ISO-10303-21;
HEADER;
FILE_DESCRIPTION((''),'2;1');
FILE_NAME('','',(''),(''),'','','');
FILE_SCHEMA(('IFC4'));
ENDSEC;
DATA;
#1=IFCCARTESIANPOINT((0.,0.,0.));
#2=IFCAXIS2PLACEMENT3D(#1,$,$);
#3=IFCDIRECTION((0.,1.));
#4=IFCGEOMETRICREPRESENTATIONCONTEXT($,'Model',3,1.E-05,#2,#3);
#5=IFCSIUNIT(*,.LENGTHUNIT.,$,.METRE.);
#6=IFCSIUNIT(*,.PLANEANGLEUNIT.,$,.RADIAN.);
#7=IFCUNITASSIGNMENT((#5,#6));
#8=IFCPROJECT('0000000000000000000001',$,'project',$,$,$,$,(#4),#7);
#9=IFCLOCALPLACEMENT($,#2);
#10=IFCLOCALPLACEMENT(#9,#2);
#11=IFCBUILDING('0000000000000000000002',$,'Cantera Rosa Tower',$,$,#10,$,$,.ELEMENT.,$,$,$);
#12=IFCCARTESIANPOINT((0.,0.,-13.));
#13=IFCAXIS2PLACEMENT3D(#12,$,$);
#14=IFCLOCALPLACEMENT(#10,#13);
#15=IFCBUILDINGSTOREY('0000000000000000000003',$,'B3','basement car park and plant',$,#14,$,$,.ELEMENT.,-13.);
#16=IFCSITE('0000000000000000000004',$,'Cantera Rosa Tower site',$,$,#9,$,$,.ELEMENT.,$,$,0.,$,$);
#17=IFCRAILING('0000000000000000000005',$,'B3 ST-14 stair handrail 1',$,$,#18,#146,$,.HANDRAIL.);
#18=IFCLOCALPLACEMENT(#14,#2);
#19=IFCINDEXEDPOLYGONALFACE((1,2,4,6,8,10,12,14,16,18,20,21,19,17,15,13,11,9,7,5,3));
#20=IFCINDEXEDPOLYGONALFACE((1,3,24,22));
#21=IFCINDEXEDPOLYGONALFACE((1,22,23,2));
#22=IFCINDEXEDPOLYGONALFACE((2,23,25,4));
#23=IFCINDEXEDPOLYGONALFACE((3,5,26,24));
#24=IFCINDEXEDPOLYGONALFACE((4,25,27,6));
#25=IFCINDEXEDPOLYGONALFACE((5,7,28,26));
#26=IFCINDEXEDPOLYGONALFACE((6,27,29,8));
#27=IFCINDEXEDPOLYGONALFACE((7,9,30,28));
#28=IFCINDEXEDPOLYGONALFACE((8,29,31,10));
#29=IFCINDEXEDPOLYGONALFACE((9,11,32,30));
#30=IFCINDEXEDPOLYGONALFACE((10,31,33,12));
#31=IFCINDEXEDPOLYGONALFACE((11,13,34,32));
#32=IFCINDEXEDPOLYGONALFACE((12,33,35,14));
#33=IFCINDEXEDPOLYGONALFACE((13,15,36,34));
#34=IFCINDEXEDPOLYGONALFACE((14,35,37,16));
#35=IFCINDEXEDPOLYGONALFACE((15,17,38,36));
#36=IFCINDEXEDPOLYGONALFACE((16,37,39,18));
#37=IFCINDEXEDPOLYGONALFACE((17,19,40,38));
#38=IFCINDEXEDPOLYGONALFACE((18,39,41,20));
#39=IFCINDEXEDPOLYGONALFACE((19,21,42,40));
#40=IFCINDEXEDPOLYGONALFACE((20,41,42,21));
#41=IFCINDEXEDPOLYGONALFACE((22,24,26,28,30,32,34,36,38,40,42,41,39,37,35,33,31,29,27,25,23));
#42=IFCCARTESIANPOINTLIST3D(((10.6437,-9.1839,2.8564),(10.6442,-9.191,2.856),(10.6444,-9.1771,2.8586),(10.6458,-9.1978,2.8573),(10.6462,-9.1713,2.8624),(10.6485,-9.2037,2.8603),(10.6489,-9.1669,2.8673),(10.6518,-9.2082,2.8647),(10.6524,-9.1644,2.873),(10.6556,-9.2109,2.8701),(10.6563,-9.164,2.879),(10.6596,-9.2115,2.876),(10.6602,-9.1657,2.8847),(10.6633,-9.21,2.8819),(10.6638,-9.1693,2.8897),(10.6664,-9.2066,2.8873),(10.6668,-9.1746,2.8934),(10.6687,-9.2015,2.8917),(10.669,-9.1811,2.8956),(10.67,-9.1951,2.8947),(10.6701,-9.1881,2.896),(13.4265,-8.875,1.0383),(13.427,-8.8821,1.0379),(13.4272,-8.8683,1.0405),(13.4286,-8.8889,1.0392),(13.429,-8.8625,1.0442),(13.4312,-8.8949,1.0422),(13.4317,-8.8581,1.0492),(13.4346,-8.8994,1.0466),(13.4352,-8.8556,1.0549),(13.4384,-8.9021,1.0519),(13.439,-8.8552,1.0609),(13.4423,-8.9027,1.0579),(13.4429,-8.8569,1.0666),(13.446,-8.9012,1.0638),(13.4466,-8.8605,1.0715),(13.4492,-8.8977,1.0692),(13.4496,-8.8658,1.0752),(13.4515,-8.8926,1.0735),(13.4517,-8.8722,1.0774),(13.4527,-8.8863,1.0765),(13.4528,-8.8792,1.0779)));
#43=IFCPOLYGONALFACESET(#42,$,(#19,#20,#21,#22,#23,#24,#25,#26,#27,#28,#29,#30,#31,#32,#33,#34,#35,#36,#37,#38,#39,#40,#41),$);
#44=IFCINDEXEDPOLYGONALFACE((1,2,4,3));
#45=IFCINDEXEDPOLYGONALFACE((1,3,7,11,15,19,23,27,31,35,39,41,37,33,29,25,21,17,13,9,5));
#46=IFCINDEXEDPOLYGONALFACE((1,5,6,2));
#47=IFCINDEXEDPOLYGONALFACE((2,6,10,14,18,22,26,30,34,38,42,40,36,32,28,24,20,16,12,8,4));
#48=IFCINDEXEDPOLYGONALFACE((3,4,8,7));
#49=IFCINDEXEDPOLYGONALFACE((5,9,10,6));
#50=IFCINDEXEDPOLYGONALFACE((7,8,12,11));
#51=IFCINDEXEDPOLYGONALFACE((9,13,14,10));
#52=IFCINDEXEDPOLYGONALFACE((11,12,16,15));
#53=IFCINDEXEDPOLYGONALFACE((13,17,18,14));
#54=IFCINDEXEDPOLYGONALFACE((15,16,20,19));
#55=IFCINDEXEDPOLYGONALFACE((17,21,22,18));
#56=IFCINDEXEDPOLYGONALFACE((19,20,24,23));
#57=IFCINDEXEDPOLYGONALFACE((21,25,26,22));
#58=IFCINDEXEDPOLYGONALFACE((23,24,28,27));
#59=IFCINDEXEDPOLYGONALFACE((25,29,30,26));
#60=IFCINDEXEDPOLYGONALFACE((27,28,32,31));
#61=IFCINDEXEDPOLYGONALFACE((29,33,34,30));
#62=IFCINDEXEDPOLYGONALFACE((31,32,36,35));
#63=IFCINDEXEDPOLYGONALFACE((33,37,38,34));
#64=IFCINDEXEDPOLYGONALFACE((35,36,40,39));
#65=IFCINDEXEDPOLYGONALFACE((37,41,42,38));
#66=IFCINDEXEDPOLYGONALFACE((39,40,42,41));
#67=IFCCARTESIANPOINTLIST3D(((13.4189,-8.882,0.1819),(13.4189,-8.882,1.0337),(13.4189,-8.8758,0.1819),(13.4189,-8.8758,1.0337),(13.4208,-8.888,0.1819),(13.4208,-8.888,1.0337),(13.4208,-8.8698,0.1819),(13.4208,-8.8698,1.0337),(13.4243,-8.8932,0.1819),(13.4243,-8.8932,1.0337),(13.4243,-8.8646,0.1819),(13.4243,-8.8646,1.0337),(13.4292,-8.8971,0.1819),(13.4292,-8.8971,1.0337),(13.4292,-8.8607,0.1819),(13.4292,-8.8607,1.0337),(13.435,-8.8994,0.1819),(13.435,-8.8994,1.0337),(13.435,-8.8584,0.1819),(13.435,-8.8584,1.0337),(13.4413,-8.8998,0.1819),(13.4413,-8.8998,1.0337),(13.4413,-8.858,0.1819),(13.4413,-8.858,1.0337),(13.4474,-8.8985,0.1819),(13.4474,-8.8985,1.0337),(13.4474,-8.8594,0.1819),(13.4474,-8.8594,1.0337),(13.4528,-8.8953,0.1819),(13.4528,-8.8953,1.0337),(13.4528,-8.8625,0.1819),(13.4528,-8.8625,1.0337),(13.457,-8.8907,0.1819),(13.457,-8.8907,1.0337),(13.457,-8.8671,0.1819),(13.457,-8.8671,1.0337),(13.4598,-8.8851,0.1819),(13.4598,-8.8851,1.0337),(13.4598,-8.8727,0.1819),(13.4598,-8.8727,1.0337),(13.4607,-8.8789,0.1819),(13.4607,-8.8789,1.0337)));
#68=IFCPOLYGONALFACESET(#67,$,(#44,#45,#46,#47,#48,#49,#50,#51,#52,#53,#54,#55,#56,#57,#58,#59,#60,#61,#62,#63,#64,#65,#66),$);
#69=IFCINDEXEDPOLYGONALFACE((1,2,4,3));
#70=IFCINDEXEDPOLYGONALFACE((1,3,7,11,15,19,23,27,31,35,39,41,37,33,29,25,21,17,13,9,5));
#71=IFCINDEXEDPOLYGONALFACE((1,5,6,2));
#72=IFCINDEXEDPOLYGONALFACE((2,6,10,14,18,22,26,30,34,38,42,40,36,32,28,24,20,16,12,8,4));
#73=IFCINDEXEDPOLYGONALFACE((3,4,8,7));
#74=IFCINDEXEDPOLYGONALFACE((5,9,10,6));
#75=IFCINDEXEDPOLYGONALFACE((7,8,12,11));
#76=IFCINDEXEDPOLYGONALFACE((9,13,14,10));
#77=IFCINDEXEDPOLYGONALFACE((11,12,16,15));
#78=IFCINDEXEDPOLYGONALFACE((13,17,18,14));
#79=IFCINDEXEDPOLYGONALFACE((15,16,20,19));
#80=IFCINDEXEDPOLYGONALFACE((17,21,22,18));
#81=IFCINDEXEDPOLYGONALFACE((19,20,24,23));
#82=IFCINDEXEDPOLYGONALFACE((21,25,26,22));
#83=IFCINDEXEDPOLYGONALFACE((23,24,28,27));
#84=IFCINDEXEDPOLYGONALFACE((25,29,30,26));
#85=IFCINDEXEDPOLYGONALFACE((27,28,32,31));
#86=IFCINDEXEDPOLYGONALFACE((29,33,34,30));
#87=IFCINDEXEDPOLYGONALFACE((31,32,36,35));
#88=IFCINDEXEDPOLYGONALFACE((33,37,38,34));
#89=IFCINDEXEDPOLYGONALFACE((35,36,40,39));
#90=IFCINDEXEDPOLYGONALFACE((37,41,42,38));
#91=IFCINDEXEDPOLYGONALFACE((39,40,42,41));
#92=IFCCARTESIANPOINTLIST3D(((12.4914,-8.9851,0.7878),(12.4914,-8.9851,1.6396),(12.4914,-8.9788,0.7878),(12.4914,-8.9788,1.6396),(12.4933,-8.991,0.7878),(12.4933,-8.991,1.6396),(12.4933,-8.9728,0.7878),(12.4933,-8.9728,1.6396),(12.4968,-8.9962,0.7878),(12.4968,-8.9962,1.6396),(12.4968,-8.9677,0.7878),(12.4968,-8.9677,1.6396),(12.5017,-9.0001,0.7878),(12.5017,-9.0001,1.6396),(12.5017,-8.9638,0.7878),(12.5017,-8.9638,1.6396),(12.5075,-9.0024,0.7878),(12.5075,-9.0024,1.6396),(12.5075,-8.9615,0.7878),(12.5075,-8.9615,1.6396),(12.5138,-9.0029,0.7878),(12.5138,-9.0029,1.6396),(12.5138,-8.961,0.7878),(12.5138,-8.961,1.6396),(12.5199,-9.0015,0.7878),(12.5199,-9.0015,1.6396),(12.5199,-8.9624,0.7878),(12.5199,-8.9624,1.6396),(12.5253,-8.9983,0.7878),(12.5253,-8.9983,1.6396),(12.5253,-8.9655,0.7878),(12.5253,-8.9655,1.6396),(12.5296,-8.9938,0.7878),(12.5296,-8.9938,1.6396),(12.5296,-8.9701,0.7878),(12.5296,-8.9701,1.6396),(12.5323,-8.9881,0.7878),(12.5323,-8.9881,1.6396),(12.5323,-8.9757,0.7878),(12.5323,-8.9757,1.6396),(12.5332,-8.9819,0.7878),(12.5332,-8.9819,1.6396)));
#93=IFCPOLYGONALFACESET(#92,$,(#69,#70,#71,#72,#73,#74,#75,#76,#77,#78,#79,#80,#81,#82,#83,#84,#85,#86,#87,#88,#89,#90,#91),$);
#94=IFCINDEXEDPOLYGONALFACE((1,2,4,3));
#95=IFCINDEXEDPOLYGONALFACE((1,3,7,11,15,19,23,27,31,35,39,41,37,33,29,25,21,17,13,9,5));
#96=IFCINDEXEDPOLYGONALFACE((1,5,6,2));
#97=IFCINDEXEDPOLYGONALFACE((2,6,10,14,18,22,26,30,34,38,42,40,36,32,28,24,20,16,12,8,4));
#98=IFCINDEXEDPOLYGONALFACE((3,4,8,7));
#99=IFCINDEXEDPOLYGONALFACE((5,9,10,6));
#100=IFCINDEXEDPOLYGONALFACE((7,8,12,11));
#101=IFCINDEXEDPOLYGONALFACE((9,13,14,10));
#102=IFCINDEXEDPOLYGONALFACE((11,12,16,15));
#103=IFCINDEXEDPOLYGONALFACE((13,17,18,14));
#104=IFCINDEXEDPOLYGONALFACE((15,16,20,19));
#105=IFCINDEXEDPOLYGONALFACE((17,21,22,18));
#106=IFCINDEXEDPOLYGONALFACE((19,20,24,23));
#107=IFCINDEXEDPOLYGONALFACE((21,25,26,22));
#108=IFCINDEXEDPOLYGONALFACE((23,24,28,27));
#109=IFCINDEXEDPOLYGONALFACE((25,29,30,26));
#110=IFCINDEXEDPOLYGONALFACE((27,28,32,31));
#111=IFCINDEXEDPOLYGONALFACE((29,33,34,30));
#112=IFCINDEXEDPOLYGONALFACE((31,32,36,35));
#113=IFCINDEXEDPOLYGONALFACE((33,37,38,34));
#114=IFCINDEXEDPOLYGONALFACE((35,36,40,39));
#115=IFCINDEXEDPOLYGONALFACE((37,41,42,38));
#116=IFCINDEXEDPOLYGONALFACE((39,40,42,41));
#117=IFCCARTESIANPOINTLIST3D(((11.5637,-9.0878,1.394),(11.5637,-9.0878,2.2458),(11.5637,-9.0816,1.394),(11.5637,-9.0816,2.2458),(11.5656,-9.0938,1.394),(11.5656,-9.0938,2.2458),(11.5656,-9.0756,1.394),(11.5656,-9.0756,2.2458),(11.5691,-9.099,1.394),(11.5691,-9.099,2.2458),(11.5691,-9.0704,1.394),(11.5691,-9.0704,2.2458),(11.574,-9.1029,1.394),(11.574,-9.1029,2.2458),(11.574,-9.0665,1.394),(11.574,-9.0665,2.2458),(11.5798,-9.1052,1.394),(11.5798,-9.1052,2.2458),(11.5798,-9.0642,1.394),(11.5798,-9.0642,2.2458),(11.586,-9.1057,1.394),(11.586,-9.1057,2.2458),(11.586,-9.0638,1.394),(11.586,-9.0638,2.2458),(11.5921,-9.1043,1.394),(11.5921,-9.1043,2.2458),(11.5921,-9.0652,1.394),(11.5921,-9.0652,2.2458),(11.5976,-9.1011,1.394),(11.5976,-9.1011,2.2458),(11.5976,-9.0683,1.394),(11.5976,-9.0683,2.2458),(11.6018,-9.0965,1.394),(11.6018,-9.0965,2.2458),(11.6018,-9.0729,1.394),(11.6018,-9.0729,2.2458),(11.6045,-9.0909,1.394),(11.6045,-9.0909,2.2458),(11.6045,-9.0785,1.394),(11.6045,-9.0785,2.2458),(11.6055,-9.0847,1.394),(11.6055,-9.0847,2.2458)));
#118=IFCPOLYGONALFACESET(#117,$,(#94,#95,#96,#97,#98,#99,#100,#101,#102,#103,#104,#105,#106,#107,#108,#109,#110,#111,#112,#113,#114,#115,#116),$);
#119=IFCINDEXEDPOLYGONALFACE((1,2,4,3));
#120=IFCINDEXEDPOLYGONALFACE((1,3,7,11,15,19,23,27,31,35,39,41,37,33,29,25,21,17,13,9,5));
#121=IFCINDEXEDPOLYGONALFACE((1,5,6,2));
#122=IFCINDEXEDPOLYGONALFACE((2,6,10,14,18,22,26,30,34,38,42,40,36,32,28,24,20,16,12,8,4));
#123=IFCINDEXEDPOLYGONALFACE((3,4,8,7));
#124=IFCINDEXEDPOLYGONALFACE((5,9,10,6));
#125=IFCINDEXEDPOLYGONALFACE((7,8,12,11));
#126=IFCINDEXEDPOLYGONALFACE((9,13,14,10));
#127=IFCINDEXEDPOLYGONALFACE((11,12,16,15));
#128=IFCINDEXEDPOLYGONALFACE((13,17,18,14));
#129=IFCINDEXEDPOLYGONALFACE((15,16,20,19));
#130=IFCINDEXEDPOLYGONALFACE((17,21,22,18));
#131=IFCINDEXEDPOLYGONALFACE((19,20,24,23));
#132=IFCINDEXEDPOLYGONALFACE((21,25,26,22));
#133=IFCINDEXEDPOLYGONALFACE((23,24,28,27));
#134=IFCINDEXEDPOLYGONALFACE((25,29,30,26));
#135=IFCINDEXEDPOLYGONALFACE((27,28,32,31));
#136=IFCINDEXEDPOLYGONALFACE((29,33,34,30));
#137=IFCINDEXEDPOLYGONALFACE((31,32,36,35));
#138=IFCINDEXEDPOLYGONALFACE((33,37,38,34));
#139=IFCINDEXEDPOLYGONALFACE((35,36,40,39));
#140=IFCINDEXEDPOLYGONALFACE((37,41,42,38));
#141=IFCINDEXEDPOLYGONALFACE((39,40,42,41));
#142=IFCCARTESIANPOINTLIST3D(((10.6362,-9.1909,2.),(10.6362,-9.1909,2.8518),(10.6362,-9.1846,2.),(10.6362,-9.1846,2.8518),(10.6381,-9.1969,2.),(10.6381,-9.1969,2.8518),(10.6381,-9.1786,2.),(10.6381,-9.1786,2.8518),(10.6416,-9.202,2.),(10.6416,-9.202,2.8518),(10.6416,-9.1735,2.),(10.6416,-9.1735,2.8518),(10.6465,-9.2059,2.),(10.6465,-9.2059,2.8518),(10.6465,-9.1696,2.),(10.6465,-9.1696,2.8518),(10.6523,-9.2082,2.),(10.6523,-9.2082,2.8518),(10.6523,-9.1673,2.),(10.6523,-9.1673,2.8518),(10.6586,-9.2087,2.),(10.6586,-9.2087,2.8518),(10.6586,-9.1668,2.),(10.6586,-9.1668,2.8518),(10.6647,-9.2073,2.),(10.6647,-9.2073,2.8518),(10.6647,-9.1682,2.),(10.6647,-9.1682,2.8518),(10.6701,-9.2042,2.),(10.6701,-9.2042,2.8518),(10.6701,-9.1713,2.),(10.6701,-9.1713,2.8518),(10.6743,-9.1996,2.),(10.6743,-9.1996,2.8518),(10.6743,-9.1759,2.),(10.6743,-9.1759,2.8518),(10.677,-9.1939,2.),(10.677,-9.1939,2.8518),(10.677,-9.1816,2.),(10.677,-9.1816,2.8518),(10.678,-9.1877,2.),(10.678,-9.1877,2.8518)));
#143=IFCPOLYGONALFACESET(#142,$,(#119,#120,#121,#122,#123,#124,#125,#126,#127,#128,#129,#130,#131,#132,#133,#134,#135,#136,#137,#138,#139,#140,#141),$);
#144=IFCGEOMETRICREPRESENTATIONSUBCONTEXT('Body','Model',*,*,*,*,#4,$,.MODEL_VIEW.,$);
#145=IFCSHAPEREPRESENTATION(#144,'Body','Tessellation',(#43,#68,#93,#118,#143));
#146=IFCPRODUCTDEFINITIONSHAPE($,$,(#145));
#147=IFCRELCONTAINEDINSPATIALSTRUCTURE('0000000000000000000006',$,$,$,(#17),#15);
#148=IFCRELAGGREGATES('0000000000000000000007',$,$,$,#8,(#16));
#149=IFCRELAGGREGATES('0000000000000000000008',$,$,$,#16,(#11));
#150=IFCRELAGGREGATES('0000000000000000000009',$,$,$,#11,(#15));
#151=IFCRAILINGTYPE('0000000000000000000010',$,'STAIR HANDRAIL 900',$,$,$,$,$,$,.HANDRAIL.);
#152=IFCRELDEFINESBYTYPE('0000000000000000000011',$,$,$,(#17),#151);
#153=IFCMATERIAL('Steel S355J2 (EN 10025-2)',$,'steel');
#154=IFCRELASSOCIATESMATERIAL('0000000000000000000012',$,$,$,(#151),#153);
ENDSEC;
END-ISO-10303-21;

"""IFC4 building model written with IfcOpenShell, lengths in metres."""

from ifc_helpers import new_model, si_unit, direction, frame, origin, origin_2d, place, context, subcontext, project, spatial, circle, extrude, material, type_object, element, save


model = new_model("IFC4")

# Units and contexts
model_context = context("Model", 3, precision=1e-05, world=origin(), true_north=direction((0.0, 1.0)))
body_context = subcontext(model_context, "Body", "Model", "MODEL_VIEW")
ifc_project = project(units=[si_unit("LENGTHUNIT", "METRE"), si_unit("PLANEANGLEUNIT", "RADIAN")], contexts=[model_context])

# Site, building, storey
site_placement = place(None, origin())
site = spatial("IfcSite", under=ifc_project, at=site_placement, Name="Cantera Rosa Tower site", CompositionType="ELEMENT", RefElevation=0.0)
building_placement = place(site_placement, origin())
building = spatial("IfcBuilding", under=site, at=building_placement, Name="Cantera Rosa Tower", CompositionType="ELEMENT")
storey_placement = place(building_placement, frame((0.0, 0.0, -13.0)))
storey = spatial("IfcBuildingStorey", under=building, at=storey_placement, Name="B3", Description="basement car park and plant", CompositionType="ELEMENT", Elevation=-13.0)

# Railing
ifc_material_1 = material(Name="Steel S355J2 (EN 10025-2)", Category="steel")
railing_type_1 = type_object("IfcRailingType", Name="STAIR HANDRAIL 900", PredefinedType="HANDRAIL", material=ifc_material_1)
railing_1_placement = place(storey_placement, frame((13.4397, -8.8789, 0.1819)))
element("IfcRailing", 1, at=railing_1_placement, inside=storey, type_object=railing_type_1, Name="B3 ST-14 stair handrail 1", PredefinedType="HANDRAIL", context=body_context, shape_type="SweptSolid", body=[
    extrude(circle(Radius=0.0239, at=origin_2d()), frame((0.0, 0.0, 0.876), z_axis=(-0.833566, -0.092513, 0.544619), x_axis=(0.110307, -0.993898, 0.0)), (0.0, 0.0, 1.0), 3.3384),
    extrude(circle(Radius=0.021, at=origin_2d()), origin(), (0.0, 0.0, 1.0), 0.8518),
    extrude(circle(Radius=0.021, at=origin_2d()), frame((-0.9275, -0.103, 0.606)), (0.0, 0.0, 1.0), 0.8518),
    extrude(circle(Radius=0.021, at=origin_2d()), frame((-1.8552, -0.2058, 1.2122)), (0.0, 0.0, 1.0), 0.8518),
    extrude(circle(Radius=0.021, at=origin_2d()), frame((-2.7827, -0.3088, 1.8181)), (0.0, 0.0, 1.0), 0.8518),
])

save(model, "model.ifc")
